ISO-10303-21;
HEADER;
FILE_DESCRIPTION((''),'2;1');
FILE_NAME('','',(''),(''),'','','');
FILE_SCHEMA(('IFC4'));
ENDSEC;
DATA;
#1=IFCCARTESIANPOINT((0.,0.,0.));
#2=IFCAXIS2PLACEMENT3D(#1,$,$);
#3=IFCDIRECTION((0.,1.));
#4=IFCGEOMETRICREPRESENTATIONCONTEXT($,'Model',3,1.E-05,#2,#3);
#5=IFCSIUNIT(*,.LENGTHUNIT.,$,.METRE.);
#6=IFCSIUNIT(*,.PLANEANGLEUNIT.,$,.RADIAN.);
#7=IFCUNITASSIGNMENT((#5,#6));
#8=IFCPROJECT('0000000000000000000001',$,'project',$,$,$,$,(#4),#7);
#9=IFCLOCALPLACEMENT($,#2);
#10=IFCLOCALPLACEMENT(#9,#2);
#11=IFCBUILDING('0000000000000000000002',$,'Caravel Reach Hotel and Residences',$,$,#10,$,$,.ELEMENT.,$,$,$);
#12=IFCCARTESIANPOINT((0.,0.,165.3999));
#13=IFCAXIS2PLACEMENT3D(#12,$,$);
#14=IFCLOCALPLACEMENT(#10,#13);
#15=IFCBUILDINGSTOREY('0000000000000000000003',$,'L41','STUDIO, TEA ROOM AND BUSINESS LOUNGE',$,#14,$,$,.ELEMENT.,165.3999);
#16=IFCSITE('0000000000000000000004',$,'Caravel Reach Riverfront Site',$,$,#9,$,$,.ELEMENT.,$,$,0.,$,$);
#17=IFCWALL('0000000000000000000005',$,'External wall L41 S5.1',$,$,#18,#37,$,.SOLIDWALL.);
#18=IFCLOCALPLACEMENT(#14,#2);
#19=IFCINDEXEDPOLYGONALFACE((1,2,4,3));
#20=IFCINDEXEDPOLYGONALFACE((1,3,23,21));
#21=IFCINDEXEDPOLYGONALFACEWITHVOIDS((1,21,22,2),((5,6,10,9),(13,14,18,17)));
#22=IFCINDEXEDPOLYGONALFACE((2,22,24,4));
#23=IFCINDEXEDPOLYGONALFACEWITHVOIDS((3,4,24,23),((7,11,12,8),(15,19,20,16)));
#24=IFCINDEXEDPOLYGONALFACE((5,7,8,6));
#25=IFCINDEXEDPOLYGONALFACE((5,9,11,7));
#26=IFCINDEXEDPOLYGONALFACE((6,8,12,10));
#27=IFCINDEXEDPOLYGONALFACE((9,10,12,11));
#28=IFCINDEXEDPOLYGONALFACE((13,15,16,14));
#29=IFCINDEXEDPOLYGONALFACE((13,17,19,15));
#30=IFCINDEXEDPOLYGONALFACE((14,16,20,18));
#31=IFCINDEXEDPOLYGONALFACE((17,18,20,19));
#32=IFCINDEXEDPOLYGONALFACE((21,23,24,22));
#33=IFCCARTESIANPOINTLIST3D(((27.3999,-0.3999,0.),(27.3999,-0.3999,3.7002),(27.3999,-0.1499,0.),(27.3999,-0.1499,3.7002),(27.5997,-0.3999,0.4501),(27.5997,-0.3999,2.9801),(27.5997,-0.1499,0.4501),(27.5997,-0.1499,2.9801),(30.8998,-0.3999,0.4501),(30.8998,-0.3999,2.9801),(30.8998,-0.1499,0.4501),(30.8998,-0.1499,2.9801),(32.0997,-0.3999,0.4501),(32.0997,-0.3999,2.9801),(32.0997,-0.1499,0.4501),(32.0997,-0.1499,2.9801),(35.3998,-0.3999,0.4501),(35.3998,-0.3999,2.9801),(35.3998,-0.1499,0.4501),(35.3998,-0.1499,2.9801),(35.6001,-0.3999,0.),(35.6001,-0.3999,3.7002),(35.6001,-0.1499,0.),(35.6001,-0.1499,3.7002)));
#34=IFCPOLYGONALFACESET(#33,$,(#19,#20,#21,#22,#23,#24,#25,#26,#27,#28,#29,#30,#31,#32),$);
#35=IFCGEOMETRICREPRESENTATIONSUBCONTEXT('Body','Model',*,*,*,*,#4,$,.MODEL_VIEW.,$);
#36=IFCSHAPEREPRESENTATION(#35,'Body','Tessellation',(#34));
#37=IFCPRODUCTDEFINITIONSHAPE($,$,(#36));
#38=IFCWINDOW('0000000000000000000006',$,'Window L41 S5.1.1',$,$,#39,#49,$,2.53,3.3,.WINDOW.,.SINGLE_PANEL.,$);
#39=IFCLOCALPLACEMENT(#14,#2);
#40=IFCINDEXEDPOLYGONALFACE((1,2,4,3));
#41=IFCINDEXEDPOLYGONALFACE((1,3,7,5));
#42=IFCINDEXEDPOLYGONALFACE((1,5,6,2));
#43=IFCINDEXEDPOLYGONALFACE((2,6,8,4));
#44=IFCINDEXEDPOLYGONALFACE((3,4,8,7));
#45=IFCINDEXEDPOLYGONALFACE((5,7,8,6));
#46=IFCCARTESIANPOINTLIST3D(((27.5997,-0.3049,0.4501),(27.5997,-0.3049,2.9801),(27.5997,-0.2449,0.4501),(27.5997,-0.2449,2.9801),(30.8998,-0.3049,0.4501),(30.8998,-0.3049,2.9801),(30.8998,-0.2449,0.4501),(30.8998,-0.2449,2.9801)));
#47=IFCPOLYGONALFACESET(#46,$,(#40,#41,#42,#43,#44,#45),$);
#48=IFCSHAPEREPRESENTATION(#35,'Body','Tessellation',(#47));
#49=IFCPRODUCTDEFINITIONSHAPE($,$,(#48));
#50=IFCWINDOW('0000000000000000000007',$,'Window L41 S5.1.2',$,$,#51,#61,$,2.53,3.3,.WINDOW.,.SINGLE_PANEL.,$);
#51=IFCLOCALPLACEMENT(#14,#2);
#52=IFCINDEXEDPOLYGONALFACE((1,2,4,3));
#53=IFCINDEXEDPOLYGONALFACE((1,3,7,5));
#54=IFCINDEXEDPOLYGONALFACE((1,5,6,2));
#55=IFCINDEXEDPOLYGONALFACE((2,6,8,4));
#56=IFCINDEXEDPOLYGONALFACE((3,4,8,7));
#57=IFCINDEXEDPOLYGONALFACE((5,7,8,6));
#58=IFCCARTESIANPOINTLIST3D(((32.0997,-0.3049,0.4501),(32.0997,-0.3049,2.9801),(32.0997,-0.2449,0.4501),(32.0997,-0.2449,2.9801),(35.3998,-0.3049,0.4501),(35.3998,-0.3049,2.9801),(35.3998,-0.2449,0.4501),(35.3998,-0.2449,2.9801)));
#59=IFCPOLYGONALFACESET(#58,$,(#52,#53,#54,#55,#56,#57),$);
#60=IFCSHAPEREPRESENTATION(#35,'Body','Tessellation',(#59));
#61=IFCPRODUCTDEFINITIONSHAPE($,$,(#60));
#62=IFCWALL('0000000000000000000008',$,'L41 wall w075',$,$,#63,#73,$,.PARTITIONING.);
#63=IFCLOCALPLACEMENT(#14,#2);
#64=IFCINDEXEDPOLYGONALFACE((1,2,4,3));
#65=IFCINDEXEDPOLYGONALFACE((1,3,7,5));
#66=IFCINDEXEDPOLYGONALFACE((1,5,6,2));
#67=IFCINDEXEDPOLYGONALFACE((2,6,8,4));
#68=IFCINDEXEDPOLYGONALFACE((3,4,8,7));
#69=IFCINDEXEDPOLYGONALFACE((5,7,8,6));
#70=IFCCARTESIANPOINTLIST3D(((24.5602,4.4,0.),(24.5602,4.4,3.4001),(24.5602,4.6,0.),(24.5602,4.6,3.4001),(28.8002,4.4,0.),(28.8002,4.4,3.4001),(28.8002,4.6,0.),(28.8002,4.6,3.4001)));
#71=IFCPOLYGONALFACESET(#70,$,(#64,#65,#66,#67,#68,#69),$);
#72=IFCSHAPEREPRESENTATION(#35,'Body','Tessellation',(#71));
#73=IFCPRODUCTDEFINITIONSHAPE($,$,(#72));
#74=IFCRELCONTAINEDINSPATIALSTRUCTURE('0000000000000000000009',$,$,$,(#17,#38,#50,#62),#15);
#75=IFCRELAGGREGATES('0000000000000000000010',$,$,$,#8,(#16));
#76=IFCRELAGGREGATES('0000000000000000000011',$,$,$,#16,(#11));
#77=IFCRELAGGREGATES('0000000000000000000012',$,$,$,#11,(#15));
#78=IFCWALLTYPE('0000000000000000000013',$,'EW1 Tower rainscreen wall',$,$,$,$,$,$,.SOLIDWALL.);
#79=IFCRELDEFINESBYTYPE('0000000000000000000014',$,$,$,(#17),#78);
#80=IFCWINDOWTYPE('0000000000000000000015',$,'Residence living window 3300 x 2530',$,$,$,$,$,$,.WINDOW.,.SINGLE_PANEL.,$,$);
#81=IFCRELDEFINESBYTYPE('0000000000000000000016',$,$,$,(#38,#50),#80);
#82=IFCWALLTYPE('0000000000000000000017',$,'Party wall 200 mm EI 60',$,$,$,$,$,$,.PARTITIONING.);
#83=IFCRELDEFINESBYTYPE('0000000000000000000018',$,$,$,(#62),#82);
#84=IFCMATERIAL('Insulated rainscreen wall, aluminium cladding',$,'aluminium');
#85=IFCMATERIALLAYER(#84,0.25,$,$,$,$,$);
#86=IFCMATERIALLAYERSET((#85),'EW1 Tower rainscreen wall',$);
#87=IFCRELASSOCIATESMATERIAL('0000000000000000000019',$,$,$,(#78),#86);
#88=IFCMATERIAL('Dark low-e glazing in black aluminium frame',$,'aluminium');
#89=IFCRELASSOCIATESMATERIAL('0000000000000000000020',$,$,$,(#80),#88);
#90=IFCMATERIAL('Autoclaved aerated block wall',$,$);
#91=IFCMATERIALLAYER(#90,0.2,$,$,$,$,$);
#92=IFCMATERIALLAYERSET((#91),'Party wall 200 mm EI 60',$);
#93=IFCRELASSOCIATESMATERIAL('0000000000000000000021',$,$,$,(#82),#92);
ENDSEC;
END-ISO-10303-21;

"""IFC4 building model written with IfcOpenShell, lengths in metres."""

from ifc_helpers import new_model, si_unit, direction, frame, frame_2d, origin, place, context, subcontext, project, spatial, rectangle, extrude, material, layer, layer_set, type_object, element, fill, save


model = new_model("IFC4")

# Units and contexts
model_context = context("Model", 3, precision=1e-05, world=origin(), true_north=direction((0.0, 1.0)))
body_context = subcontext(model_context, "Body", "Model", "MODEL_VIEW")
ifc_project = project(units=[si_unit("LENGTHUNIT", "METRE"), si_unit("PLANEANGLEUNIT", "RADIAN")], contexts=[model_context])

# Site, building, storey
site_placement = place(None, origin())
site = spatial("IfcSite", under=ifc_project, at=site_placement, Name="Caravel Reach Riverfront Site", CompositionType="ELEMENT", RefElevation=0.0)
building_placement = place(site_placement, origin())
building = spatial("IfcBuilding", under=site, at=building_placement, Name="Caravel Reach Hotel and Residences", CompositionType="ELEMENT")
storey_placement = place(building_placement, frame((0.0, 0.0, 165.3999)))
storey = spatial("IfcBuildingStorey", under=building, at=storey_placement, Name="L41", Description="STUDIO, TEA ROOM AND BUSINESS LOUNGE", CompositionType="ELEMENT", Elevation=165.3999)

# Shared definitions
ifc_material_1 = material(Name="Insulated rainscreen wall, aluminium cladding", Category="aluminium")
ifc_layer_1 = layer(ifc_material_1, 0.25)
ifc_layer_set_1 = layer_set([ifc_layer_1], Name="EW1 Tower rainscreen wall")
wall_type_1 = type_object("IfcWallType", Name="EW1 Tower rainscreen wall", PredefinedType="SOLIDWALL", material=ifc_layer_set_1)

# Wall, openings, windows
wall_1_placement = place(storey_placement, frame((27.3999, -0.2749, 0.0), z_axis=(0.0, 0.0, 1.0), x_axis=(1.0, 0.0, 0.0)))
wall_1 = element("IfcWall", 1, at=wall_1_placement, inside=storey, type_object=wall_type_1, Name="External wall L41 S5.1", PredefinedType="SOLIDWALL", context=body_context, shape_type="SweptSolid", body=[
    extrude(rectangle(XDim=8.2002, YDim=0.25, at=frame_2d((4.1001, 0.0))), origin(), (0.0, 0.0, 1.0), 3.7002),
])
opening_1_placement = place(wall_1_placement, frame((0.2, 0.0, 0.45)))
opening_1 = element("IfcOpeningElement", 2, at=opening_1_placement, cuts=wall_1, PredefinedType="OPENING", context=body_context, shape_type="SweptSolid", body=[
    extrude(rectangle(XDim=3.3, YDim=2.53, at=frame_2d((1.6499, 1.2651))), frame((0.0, 0.135, 0.0), z_axis=(0.0, -1.0, 0.0), x_axis=(1.0, 0.0, 0.0)), (0.0, 0.0, 1.0), 0.27),
])
opening_2_placement = place(wall_1_placement, frame((4.7, 0.0, 0.45)))
opening_2 = element("IfcOpeningElement", 3, at=opening_2_placement, cuts=wall_1, PredefinedType="OPENING", context=body_context, shape_type="SweptSolid", body=[
    extrude(rectangle(XDim=3.3, YDim=2.53, at=frame_2d((1.6499, 1.2651))), frame((0.0, 0.135, 0.0), z_axis=(0.0, -1.0, 0.0), x_axis=(1.0, 0.0, 0.0)), (0.0, 0.0, 1.0), 0.27),
])
ifc_material_2 = material(Name="Dark low-e glazing in black aluminium frame", Category="aluminium")
window_type_1 = type_object("IfcWindowType", Name="Residence living window 3300 x 2530", PartitioningType="SINGLE_PANEL", PredefinedType="WINDOW", material=ifc_material_2)
window_1_placement = place(opening_1_placement, origin())
window_1 = element("IfcWindow", 4, at=window_1_placement, inside=storey, type_object=window_type_1, Name="Window L41 S5.1.1", OverallHeight=2.53, OverallWidth=3.3, PartitioningType="SINGLE_PANEL", PredefinedType="WINDOW", context=body_context, shape_type="SweptSolid", body=[
    extrude(rectangle(XDim=3.3, YDim=2.53, at=frame_2d((1.6499, 1.2651))), frame((0.0, 0.03, 0.0), z_axis=(0.0, -1.0, 0.0), x_axis=(1.0, 0.0, 0.0)), (0.0, 0.0, 1.0), 0.0601),
])
fill(opening_1, window_1)
window_2_placement = place(opening_2_placement, origin())
window_2 = element("IfcWindow", 5, at=window_2_placement, inside=storey, type_object=window_type_1, Name="Window L41 S5.1.2", OverallHeight=2.53, OverallWidth=3.3, PartitioningType="SINGLE_PANEL", PredefinedType="WINDOW", context=body_context, shape_type="SweptSolid", body=[
    extrude(rectangle(XDim=3.3, YDim=2.53, at=frame_2d((1.6499, 1.2651))), frame((0.0, 0.03, 0.0), z_axis=(0.0, -1.0, 0.0), x_axis=(1.0, 0.0, 0.0)), (0.0, 0.0, 1.0), 0.0601),
])
fill(opening_2, window_2)

# Wall
ifc_material_3 = material(Name="Autoclaved aerated block wall")
ifc_layer_2 = layer(ifc_material_3, 0.2)
ifc_layer_set_2 = layer_set([ifc_layer_2], Name="Party wall 200 mm EI 60")
wall_type_2 = type_object("IfcWallType", Name="Party wall 200 mm EI 60", PredefinedType="PARTITIONING", material=ifc_layer_set_2)
wall_2_placement = place(storey_placement, frame((24.5601, 4.5, 0.0), z_axis=(0.0, 0.0, 1.0), x_axis=(1.0, 0.0, 0.0)))
element("IfcWall", 6, at=wall_2_placement, inside=storey, type_object=wall_type_2, Name="L41 wall w075", PredefinedType="PARTITIONING", context=body_context, shape_type="SweptSolid", body=[
    extrude(rectangle(XDim=4.24, YDim=0.2, at=frame_2d((2.1201, 0.0))), origin(), (0.0, 0.0, 1.0), 3.4001),
])

save(model, "model.ifc")
